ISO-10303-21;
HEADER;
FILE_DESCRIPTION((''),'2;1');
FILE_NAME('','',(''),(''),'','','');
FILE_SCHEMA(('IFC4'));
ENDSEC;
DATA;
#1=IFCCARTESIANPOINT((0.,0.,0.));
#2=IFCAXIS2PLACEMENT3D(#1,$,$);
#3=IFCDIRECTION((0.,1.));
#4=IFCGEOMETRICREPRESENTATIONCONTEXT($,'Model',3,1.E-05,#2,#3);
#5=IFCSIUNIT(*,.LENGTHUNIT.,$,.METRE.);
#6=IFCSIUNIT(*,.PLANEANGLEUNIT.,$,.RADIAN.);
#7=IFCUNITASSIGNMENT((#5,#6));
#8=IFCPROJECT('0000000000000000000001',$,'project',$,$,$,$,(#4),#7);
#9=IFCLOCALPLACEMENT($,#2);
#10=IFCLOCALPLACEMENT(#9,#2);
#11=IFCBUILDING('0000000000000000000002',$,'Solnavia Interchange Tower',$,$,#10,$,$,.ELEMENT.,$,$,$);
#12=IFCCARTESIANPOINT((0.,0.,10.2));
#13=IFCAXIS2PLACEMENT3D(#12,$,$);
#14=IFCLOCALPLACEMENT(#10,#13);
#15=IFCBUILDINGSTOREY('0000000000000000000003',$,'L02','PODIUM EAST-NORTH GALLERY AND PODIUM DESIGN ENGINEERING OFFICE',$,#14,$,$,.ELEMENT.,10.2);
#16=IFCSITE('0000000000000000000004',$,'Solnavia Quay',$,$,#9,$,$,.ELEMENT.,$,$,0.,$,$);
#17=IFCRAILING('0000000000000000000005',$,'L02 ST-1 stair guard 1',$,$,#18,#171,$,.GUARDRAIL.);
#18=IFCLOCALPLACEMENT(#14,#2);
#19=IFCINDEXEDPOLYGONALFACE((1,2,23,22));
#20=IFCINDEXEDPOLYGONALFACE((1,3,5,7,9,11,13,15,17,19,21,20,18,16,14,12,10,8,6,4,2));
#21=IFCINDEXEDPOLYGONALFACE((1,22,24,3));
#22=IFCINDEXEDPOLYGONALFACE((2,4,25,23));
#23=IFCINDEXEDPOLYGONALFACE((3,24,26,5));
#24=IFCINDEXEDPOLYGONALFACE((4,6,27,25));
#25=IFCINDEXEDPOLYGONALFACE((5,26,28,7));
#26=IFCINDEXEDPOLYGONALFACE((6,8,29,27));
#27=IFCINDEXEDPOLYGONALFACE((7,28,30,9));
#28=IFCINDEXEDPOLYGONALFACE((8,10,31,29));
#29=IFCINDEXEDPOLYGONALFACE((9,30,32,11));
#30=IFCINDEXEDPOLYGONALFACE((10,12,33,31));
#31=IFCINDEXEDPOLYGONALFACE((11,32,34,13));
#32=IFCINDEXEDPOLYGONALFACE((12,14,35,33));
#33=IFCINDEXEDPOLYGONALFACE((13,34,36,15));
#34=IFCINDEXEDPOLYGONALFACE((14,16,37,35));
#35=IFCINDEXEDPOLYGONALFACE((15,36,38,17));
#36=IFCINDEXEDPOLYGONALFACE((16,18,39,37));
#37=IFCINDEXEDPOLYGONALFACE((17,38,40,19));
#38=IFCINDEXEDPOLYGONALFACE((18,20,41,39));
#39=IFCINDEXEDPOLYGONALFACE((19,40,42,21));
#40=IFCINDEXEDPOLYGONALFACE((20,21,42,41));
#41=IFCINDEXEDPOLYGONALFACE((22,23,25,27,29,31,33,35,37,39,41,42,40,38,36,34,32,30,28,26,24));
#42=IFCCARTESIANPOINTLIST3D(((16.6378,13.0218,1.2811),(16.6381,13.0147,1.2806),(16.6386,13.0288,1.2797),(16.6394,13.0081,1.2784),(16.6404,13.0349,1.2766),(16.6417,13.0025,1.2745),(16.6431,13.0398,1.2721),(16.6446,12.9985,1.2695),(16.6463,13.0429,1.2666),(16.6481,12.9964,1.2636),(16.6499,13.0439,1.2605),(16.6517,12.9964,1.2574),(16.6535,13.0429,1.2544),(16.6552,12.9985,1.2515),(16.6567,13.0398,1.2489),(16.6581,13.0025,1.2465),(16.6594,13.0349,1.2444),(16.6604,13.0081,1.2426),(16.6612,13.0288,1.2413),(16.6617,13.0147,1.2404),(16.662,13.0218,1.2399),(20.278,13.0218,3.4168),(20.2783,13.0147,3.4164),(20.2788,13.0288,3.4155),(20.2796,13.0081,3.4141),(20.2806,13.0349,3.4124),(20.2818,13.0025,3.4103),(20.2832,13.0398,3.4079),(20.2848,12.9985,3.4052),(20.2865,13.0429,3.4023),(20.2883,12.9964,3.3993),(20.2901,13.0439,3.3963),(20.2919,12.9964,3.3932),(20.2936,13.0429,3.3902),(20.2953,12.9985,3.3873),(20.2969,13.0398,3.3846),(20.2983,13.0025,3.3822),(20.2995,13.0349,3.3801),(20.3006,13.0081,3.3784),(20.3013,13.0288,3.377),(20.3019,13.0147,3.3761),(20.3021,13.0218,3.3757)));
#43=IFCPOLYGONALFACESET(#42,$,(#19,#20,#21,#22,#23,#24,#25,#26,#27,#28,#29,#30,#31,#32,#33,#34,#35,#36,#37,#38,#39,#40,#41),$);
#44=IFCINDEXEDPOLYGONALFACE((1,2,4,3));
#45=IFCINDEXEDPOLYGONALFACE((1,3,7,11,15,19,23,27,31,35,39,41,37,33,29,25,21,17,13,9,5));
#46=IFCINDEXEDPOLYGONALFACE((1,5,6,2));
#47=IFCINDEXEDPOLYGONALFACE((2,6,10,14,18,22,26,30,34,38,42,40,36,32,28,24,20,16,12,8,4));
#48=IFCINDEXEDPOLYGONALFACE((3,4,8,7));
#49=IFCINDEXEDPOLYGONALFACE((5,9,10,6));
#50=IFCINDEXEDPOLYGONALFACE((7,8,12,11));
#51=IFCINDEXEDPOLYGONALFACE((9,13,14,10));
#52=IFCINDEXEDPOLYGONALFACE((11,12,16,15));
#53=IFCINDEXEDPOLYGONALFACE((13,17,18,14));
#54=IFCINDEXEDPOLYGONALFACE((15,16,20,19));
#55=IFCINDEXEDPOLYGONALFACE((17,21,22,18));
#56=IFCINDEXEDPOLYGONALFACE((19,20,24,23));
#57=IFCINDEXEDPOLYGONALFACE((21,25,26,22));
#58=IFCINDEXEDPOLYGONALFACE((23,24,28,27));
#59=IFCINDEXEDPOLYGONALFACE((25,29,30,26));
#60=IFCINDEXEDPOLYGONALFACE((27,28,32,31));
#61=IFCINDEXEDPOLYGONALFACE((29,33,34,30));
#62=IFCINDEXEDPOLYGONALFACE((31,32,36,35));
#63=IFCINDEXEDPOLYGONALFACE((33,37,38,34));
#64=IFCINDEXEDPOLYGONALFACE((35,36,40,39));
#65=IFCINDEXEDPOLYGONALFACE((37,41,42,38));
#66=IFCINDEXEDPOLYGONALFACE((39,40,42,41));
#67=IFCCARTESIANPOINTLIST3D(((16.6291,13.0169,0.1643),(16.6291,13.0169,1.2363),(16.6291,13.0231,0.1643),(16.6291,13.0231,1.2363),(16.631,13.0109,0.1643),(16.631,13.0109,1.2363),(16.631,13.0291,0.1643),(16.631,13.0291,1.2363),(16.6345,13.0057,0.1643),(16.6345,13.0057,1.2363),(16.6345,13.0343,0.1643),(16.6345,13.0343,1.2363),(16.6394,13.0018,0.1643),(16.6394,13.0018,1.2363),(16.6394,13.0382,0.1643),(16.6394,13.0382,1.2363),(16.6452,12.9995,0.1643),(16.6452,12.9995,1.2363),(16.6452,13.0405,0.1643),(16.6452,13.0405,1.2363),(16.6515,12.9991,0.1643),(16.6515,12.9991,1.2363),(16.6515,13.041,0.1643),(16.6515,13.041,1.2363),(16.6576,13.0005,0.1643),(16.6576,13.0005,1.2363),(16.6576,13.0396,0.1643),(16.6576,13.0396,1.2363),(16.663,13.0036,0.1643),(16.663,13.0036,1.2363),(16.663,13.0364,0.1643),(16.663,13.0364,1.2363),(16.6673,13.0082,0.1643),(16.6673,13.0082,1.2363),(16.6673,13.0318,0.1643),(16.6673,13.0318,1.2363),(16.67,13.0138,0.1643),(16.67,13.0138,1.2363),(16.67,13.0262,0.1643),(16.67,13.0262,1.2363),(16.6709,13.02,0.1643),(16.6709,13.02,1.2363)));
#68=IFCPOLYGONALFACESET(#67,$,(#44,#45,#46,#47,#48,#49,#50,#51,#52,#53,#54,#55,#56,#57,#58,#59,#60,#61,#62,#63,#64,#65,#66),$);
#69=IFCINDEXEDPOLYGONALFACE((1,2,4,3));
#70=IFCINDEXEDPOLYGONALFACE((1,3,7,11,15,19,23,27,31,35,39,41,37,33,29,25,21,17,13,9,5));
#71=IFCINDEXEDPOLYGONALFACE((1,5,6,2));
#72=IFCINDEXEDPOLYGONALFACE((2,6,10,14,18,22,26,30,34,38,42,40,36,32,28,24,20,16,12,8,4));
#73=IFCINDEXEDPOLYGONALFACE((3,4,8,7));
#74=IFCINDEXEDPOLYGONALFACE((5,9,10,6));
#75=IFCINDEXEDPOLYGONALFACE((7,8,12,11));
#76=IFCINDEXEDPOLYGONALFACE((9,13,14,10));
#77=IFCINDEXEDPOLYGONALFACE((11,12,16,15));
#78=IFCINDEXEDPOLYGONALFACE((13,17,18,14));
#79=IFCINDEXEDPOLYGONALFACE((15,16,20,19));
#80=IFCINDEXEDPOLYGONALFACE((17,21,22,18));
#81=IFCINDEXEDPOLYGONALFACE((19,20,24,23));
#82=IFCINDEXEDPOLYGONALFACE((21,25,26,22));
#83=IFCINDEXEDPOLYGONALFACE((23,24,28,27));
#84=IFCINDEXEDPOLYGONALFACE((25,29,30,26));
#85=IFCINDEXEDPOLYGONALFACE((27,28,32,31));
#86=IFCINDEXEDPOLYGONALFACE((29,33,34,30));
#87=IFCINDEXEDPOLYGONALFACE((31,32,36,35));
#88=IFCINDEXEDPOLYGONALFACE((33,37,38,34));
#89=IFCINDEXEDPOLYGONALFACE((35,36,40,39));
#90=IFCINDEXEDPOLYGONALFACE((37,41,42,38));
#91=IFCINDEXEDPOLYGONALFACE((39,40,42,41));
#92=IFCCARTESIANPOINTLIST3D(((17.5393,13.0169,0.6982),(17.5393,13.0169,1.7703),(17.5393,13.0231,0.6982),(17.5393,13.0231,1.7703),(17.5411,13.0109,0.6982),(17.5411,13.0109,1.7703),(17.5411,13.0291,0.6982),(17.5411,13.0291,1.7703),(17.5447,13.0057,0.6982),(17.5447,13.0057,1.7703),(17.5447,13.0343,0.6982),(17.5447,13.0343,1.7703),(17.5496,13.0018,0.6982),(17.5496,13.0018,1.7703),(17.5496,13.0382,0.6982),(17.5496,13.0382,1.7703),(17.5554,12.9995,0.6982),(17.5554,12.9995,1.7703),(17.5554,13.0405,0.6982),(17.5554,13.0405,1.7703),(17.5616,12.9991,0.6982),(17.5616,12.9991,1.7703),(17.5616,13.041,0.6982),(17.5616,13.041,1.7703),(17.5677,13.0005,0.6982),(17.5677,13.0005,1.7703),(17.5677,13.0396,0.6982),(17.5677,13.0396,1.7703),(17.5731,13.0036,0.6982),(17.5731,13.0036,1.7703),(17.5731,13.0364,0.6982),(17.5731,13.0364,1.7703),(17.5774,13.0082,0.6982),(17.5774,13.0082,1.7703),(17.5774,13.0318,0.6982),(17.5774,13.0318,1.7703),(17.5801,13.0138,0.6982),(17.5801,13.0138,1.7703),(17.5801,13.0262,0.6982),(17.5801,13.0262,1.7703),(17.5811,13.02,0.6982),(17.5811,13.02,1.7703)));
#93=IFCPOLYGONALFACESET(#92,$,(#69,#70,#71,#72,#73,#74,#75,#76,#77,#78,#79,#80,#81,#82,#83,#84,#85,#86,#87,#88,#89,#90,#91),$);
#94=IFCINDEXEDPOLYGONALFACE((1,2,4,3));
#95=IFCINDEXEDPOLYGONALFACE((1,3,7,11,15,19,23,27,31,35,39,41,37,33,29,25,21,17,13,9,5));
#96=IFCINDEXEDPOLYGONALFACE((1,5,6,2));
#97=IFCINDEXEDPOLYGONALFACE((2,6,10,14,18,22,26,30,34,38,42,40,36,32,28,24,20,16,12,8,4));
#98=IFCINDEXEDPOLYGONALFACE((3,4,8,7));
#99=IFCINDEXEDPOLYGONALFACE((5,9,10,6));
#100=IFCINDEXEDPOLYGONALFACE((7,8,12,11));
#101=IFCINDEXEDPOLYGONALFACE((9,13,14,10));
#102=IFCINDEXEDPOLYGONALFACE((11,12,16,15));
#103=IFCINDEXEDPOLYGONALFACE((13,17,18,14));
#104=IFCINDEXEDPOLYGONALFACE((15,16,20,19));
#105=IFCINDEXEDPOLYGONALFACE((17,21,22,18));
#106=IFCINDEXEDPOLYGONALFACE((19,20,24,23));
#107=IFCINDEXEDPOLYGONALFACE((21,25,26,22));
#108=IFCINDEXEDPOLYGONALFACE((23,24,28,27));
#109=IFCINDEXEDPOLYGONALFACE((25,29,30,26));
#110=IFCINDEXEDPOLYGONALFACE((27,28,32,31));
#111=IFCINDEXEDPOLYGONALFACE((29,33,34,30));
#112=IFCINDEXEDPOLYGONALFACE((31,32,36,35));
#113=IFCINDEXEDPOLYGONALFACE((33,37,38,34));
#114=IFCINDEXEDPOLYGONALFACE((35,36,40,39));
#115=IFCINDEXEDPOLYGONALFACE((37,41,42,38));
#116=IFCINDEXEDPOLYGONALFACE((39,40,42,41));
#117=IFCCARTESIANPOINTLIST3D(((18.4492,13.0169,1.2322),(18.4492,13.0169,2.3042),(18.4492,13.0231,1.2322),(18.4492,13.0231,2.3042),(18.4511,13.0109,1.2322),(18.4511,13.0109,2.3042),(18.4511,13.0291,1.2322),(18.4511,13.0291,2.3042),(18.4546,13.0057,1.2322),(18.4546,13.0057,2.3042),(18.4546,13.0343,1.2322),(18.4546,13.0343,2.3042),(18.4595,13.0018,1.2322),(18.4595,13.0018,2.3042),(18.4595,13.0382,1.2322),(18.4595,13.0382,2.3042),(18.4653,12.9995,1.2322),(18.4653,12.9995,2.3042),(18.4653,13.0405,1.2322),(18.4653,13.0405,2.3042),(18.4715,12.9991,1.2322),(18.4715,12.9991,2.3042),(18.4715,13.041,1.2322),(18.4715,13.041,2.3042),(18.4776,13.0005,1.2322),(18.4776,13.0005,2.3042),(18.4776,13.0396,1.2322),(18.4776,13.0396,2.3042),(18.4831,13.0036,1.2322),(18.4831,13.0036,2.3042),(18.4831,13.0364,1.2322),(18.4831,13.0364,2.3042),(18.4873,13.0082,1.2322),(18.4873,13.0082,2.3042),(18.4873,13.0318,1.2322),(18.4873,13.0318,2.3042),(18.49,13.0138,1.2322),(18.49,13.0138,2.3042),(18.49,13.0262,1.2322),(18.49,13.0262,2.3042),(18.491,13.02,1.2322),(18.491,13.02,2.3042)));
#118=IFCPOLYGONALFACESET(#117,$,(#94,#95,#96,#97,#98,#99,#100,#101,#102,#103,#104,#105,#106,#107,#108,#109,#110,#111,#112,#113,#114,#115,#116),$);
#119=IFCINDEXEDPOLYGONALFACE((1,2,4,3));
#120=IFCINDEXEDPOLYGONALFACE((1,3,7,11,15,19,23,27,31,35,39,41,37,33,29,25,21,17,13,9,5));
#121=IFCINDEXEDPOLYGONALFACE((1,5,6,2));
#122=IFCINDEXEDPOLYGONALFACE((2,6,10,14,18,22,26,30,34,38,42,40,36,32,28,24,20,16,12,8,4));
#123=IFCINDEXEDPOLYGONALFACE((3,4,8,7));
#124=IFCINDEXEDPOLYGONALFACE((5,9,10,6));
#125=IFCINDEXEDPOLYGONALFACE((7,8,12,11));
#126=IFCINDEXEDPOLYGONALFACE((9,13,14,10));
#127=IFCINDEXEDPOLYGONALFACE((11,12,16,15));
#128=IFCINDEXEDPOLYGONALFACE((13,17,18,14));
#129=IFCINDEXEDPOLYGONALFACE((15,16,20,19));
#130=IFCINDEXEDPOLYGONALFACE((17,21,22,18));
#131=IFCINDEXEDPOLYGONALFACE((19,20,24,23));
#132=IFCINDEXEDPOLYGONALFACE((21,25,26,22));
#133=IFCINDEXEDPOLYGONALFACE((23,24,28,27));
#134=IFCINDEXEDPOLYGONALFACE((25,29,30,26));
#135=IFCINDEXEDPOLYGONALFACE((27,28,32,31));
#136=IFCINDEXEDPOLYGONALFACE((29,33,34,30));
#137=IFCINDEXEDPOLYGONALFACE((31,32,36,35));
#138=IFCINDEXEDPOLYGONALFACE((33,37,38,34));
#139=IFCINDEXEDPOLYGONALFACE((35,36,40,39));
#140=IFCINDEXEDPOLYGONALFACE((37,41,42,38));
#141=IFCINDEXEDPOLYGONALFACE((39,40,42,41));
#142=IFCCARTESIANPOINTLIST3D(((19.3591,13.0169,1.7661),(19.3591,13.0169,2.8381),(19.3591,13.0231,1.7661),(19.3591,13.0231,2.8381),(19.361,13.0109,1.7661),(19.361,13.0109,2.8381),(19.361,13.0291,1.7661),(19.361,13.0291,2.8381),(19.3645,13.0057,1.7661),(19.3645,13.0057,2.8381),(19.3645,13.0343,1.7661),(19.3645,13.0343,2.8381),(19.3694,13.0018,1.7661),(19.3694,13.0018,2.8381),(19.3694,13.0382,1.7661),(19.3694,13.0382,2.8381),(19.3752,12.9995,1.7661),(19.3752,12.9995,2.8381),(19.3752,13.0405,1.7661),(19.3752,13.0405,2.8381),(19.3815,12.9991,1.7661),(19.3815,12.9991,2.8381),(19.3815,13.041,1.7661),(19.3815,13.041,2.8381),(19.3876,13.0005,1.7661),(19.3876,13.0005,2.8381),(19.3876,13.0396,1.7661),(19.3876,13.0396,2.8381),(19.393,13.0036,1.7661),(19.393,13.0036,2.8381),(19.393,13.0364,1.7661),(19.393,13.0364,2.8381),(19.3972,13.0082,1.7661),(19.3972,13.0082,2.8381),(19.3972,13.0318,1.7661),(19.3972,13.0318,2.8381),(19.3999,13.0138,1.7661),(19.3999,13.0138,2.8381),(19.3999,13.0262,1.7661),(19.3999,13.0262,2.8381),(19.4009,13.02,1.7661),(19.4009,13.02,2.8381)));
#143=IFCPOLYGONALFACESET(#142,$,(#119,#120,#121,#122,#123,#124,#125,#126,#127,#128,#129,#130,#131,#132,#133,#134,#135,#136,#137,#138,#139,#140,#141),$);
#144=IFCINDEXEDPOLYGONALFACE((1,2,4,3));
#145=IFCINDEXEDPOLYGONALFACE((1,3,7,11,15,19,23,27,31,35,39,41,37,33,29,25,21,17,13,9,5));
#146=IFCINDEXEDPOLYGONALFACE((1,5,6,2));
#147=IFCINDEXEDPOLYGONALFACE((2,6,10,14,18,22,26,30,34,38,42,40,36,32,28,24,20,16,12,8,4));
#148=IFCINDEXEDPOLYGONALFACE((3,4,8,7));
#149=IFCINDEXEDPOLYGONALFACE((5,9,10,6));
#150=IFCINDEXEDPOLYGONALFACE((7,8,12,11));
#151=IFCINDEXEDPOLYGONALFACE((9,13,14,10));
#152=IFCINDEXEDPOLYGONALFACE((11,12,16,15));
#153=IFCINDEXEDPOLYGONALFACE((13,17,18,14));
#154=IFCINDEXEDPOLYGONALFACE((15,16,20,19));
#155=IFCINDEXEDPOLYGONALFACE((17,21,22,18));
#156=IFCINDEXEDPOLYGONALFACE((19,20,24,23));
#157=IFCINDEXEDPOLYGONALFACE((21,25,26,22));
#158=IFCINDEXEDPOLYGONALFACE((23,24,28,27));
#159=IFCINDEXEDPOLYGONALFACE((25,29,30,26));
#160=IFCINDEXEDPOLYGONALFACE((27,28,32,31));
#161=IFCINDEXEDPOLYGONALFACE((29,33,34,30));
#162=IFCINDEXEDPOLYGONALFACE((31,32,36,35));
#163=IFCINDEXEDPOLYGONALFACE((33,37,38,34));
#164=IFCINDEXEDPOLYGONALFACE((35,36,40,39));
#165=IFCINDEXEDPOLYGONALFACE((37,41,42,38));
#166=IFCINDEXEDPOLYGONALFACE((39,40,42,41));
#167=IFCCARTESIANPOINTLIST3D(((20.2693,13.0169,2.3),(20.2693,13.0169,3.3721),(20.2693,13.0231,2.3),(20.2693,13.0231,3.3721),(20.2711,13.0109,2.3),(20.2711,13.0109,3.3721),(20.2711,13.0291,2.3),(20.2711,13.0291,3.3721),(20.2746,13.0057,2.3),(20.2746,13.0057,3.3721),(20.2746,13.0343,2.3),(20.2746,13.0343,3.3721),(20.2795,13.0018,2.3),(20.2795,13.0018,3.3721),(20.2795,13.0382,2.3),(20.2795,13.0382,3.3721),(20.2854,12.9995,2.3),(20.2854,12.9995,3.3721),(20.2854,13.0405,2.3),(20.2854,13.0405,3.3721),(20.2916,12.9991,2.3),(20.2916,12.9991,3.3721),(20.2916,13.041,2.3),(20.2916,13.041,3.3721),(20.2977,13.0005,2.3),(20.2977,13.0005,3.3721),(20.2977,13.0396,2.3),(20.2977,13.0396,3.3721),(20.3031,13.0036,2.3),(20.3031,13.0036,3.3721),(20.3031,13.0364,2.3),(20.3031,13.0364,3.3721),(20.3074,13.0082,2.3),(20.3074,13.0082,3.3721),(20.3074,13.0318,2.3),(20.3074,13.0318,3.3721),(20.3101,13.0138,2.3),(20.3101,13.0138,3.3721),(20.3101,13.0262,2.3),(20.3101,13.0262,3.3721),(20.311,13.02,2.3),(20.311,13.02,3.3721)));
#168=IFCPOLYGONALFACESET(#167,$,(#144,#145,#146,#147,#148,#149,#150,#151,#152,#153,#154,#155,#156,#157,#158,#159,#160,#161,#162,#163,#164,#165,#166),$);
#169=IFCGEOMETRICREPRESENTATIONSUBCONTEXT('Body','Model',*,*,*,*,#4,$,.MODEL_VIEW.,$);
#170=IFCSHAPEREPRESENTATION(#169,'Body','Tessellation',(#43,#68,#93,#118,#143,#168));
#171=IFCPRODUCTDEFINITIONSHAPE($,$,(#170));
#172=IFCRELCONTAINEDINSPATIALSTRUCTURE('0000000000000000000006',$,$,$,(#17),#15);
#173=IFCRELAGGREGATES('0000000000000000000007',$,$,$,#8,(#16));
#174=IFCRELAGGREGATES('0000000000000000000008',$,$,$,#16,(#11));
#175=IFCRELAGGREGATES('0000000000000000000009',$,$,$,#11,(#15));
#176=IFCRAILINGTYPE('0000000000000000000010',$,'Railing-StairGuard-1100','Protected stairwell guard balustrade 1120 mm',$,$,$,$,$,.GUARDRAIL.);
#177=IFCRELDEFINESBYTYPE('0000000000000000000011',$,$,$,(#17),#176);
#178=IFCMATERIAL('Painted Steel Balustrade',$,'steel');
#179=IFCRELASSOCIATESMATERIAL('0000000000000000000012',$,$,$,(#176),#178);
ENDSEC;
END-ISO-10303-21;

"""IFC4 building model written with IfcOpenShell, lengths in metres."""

from ifc_helpers import new_model, si_unit, direction, frame, origin, origin_2d, place, context, subcontext, project, spatial, circle, extrude, material, type_object, element, save


model = new_model("IFC4")

# Units and contexts
model_context = context("Model", 3, precision=1e-05, world=origin(), true_north=direction((0.0, 1.0)))
body_context = subcontext(model_context, "Body", "Model", "MODEL_VIEW")
ifc_project = project(units=[si_unit("LENGTHUNIT", "METRE"), si_unit("PLANEANGLEUNIT", "RADIAN")], contexts=[model_context])

# Site, building, storey
site_placement = place(None, origin())
site = spatial("IfcSite", under=ifc_project, at=site_placement, Name="Solnavia Quay", CompositionType="ELEMENT", RefElevation=0.0)
building_placement = place(site_placement, origin())
building = spatial("IfcBuilding", under=site, at=building_placement, Name="Solnavia Interchange Tower", CompositionType="ELEMENT")
storey_placement = place(building_placement, frame((0.0, 0.0, 10.2)))
storey = spatial("IfcBuildingStorey", under=building, at=storey_placement, Name="L02", Description="PODIUM EAST-NORTH GALLERY AND PODIUM DESIGN ENGINEERING OFFICE", CompositionType="ELEMENT", Elevation=10.2)

# Railing
ifc_material_1 = material(Name="Painted Steel Balustrade", Category="steel")
railing_type_1 = type_object("IfcRailingType", Name="Railing-StairGuard-1100", Description="Protected stairwell guard balustrade 1120 mm", PredefinedType="GUARDRAIL", material=ifc_material_1)
railing_1_placement = place(storey_placement, frame((16.6499, 13.02, 0.1643)))
element("IfcRailing", 1, at=railing_1_placement, inside=storey, type_object=railing_type_1, Name="L02 ST-1 stair guard 1", PredefinedType="GUARDRAIL", context=body_context, shape_type="SweptSolid", body=[
    extrude(circle(Radius=0.0239, at=origin_2d()), frame((0.0, 0.0, 1.0962), z_axis=(0.862505, 0.0, 0.506049), x_axis=(0.0, 1.0, 0.0)), (0.0, 0.0, 1.0), 4.2205),
    extrude(circle(Radius=0.021, at=origin_2d()), origin(), (0.0, 0.0, 1.0), 1.072),
    extrude(circle(Radius=0.021, at=origin_2d()), frame((0.9102, 0.0, 0.5339)), (0.0, 0.0, 1.0), 1.072),
    extrude(circle(Radius=0.021, at=origin_2d()), frame((1.8201, 0.0, 1.0679)), (0.0, 0.0, 1.0), 1.072),
    extrude(circle(Radius=0.021, at=origin_2d()), frame((2.73, 0.0, 1.6018)), (0.0, 0.0, 1.0), 1.072),
    extrude(circle(Radius=0.021, at=origin_2d()), frame((3.6401, 0.0, 2.1357)), (0.0, 0.0, 1.0), 1.072),
])

save(model, "model.ifc")
